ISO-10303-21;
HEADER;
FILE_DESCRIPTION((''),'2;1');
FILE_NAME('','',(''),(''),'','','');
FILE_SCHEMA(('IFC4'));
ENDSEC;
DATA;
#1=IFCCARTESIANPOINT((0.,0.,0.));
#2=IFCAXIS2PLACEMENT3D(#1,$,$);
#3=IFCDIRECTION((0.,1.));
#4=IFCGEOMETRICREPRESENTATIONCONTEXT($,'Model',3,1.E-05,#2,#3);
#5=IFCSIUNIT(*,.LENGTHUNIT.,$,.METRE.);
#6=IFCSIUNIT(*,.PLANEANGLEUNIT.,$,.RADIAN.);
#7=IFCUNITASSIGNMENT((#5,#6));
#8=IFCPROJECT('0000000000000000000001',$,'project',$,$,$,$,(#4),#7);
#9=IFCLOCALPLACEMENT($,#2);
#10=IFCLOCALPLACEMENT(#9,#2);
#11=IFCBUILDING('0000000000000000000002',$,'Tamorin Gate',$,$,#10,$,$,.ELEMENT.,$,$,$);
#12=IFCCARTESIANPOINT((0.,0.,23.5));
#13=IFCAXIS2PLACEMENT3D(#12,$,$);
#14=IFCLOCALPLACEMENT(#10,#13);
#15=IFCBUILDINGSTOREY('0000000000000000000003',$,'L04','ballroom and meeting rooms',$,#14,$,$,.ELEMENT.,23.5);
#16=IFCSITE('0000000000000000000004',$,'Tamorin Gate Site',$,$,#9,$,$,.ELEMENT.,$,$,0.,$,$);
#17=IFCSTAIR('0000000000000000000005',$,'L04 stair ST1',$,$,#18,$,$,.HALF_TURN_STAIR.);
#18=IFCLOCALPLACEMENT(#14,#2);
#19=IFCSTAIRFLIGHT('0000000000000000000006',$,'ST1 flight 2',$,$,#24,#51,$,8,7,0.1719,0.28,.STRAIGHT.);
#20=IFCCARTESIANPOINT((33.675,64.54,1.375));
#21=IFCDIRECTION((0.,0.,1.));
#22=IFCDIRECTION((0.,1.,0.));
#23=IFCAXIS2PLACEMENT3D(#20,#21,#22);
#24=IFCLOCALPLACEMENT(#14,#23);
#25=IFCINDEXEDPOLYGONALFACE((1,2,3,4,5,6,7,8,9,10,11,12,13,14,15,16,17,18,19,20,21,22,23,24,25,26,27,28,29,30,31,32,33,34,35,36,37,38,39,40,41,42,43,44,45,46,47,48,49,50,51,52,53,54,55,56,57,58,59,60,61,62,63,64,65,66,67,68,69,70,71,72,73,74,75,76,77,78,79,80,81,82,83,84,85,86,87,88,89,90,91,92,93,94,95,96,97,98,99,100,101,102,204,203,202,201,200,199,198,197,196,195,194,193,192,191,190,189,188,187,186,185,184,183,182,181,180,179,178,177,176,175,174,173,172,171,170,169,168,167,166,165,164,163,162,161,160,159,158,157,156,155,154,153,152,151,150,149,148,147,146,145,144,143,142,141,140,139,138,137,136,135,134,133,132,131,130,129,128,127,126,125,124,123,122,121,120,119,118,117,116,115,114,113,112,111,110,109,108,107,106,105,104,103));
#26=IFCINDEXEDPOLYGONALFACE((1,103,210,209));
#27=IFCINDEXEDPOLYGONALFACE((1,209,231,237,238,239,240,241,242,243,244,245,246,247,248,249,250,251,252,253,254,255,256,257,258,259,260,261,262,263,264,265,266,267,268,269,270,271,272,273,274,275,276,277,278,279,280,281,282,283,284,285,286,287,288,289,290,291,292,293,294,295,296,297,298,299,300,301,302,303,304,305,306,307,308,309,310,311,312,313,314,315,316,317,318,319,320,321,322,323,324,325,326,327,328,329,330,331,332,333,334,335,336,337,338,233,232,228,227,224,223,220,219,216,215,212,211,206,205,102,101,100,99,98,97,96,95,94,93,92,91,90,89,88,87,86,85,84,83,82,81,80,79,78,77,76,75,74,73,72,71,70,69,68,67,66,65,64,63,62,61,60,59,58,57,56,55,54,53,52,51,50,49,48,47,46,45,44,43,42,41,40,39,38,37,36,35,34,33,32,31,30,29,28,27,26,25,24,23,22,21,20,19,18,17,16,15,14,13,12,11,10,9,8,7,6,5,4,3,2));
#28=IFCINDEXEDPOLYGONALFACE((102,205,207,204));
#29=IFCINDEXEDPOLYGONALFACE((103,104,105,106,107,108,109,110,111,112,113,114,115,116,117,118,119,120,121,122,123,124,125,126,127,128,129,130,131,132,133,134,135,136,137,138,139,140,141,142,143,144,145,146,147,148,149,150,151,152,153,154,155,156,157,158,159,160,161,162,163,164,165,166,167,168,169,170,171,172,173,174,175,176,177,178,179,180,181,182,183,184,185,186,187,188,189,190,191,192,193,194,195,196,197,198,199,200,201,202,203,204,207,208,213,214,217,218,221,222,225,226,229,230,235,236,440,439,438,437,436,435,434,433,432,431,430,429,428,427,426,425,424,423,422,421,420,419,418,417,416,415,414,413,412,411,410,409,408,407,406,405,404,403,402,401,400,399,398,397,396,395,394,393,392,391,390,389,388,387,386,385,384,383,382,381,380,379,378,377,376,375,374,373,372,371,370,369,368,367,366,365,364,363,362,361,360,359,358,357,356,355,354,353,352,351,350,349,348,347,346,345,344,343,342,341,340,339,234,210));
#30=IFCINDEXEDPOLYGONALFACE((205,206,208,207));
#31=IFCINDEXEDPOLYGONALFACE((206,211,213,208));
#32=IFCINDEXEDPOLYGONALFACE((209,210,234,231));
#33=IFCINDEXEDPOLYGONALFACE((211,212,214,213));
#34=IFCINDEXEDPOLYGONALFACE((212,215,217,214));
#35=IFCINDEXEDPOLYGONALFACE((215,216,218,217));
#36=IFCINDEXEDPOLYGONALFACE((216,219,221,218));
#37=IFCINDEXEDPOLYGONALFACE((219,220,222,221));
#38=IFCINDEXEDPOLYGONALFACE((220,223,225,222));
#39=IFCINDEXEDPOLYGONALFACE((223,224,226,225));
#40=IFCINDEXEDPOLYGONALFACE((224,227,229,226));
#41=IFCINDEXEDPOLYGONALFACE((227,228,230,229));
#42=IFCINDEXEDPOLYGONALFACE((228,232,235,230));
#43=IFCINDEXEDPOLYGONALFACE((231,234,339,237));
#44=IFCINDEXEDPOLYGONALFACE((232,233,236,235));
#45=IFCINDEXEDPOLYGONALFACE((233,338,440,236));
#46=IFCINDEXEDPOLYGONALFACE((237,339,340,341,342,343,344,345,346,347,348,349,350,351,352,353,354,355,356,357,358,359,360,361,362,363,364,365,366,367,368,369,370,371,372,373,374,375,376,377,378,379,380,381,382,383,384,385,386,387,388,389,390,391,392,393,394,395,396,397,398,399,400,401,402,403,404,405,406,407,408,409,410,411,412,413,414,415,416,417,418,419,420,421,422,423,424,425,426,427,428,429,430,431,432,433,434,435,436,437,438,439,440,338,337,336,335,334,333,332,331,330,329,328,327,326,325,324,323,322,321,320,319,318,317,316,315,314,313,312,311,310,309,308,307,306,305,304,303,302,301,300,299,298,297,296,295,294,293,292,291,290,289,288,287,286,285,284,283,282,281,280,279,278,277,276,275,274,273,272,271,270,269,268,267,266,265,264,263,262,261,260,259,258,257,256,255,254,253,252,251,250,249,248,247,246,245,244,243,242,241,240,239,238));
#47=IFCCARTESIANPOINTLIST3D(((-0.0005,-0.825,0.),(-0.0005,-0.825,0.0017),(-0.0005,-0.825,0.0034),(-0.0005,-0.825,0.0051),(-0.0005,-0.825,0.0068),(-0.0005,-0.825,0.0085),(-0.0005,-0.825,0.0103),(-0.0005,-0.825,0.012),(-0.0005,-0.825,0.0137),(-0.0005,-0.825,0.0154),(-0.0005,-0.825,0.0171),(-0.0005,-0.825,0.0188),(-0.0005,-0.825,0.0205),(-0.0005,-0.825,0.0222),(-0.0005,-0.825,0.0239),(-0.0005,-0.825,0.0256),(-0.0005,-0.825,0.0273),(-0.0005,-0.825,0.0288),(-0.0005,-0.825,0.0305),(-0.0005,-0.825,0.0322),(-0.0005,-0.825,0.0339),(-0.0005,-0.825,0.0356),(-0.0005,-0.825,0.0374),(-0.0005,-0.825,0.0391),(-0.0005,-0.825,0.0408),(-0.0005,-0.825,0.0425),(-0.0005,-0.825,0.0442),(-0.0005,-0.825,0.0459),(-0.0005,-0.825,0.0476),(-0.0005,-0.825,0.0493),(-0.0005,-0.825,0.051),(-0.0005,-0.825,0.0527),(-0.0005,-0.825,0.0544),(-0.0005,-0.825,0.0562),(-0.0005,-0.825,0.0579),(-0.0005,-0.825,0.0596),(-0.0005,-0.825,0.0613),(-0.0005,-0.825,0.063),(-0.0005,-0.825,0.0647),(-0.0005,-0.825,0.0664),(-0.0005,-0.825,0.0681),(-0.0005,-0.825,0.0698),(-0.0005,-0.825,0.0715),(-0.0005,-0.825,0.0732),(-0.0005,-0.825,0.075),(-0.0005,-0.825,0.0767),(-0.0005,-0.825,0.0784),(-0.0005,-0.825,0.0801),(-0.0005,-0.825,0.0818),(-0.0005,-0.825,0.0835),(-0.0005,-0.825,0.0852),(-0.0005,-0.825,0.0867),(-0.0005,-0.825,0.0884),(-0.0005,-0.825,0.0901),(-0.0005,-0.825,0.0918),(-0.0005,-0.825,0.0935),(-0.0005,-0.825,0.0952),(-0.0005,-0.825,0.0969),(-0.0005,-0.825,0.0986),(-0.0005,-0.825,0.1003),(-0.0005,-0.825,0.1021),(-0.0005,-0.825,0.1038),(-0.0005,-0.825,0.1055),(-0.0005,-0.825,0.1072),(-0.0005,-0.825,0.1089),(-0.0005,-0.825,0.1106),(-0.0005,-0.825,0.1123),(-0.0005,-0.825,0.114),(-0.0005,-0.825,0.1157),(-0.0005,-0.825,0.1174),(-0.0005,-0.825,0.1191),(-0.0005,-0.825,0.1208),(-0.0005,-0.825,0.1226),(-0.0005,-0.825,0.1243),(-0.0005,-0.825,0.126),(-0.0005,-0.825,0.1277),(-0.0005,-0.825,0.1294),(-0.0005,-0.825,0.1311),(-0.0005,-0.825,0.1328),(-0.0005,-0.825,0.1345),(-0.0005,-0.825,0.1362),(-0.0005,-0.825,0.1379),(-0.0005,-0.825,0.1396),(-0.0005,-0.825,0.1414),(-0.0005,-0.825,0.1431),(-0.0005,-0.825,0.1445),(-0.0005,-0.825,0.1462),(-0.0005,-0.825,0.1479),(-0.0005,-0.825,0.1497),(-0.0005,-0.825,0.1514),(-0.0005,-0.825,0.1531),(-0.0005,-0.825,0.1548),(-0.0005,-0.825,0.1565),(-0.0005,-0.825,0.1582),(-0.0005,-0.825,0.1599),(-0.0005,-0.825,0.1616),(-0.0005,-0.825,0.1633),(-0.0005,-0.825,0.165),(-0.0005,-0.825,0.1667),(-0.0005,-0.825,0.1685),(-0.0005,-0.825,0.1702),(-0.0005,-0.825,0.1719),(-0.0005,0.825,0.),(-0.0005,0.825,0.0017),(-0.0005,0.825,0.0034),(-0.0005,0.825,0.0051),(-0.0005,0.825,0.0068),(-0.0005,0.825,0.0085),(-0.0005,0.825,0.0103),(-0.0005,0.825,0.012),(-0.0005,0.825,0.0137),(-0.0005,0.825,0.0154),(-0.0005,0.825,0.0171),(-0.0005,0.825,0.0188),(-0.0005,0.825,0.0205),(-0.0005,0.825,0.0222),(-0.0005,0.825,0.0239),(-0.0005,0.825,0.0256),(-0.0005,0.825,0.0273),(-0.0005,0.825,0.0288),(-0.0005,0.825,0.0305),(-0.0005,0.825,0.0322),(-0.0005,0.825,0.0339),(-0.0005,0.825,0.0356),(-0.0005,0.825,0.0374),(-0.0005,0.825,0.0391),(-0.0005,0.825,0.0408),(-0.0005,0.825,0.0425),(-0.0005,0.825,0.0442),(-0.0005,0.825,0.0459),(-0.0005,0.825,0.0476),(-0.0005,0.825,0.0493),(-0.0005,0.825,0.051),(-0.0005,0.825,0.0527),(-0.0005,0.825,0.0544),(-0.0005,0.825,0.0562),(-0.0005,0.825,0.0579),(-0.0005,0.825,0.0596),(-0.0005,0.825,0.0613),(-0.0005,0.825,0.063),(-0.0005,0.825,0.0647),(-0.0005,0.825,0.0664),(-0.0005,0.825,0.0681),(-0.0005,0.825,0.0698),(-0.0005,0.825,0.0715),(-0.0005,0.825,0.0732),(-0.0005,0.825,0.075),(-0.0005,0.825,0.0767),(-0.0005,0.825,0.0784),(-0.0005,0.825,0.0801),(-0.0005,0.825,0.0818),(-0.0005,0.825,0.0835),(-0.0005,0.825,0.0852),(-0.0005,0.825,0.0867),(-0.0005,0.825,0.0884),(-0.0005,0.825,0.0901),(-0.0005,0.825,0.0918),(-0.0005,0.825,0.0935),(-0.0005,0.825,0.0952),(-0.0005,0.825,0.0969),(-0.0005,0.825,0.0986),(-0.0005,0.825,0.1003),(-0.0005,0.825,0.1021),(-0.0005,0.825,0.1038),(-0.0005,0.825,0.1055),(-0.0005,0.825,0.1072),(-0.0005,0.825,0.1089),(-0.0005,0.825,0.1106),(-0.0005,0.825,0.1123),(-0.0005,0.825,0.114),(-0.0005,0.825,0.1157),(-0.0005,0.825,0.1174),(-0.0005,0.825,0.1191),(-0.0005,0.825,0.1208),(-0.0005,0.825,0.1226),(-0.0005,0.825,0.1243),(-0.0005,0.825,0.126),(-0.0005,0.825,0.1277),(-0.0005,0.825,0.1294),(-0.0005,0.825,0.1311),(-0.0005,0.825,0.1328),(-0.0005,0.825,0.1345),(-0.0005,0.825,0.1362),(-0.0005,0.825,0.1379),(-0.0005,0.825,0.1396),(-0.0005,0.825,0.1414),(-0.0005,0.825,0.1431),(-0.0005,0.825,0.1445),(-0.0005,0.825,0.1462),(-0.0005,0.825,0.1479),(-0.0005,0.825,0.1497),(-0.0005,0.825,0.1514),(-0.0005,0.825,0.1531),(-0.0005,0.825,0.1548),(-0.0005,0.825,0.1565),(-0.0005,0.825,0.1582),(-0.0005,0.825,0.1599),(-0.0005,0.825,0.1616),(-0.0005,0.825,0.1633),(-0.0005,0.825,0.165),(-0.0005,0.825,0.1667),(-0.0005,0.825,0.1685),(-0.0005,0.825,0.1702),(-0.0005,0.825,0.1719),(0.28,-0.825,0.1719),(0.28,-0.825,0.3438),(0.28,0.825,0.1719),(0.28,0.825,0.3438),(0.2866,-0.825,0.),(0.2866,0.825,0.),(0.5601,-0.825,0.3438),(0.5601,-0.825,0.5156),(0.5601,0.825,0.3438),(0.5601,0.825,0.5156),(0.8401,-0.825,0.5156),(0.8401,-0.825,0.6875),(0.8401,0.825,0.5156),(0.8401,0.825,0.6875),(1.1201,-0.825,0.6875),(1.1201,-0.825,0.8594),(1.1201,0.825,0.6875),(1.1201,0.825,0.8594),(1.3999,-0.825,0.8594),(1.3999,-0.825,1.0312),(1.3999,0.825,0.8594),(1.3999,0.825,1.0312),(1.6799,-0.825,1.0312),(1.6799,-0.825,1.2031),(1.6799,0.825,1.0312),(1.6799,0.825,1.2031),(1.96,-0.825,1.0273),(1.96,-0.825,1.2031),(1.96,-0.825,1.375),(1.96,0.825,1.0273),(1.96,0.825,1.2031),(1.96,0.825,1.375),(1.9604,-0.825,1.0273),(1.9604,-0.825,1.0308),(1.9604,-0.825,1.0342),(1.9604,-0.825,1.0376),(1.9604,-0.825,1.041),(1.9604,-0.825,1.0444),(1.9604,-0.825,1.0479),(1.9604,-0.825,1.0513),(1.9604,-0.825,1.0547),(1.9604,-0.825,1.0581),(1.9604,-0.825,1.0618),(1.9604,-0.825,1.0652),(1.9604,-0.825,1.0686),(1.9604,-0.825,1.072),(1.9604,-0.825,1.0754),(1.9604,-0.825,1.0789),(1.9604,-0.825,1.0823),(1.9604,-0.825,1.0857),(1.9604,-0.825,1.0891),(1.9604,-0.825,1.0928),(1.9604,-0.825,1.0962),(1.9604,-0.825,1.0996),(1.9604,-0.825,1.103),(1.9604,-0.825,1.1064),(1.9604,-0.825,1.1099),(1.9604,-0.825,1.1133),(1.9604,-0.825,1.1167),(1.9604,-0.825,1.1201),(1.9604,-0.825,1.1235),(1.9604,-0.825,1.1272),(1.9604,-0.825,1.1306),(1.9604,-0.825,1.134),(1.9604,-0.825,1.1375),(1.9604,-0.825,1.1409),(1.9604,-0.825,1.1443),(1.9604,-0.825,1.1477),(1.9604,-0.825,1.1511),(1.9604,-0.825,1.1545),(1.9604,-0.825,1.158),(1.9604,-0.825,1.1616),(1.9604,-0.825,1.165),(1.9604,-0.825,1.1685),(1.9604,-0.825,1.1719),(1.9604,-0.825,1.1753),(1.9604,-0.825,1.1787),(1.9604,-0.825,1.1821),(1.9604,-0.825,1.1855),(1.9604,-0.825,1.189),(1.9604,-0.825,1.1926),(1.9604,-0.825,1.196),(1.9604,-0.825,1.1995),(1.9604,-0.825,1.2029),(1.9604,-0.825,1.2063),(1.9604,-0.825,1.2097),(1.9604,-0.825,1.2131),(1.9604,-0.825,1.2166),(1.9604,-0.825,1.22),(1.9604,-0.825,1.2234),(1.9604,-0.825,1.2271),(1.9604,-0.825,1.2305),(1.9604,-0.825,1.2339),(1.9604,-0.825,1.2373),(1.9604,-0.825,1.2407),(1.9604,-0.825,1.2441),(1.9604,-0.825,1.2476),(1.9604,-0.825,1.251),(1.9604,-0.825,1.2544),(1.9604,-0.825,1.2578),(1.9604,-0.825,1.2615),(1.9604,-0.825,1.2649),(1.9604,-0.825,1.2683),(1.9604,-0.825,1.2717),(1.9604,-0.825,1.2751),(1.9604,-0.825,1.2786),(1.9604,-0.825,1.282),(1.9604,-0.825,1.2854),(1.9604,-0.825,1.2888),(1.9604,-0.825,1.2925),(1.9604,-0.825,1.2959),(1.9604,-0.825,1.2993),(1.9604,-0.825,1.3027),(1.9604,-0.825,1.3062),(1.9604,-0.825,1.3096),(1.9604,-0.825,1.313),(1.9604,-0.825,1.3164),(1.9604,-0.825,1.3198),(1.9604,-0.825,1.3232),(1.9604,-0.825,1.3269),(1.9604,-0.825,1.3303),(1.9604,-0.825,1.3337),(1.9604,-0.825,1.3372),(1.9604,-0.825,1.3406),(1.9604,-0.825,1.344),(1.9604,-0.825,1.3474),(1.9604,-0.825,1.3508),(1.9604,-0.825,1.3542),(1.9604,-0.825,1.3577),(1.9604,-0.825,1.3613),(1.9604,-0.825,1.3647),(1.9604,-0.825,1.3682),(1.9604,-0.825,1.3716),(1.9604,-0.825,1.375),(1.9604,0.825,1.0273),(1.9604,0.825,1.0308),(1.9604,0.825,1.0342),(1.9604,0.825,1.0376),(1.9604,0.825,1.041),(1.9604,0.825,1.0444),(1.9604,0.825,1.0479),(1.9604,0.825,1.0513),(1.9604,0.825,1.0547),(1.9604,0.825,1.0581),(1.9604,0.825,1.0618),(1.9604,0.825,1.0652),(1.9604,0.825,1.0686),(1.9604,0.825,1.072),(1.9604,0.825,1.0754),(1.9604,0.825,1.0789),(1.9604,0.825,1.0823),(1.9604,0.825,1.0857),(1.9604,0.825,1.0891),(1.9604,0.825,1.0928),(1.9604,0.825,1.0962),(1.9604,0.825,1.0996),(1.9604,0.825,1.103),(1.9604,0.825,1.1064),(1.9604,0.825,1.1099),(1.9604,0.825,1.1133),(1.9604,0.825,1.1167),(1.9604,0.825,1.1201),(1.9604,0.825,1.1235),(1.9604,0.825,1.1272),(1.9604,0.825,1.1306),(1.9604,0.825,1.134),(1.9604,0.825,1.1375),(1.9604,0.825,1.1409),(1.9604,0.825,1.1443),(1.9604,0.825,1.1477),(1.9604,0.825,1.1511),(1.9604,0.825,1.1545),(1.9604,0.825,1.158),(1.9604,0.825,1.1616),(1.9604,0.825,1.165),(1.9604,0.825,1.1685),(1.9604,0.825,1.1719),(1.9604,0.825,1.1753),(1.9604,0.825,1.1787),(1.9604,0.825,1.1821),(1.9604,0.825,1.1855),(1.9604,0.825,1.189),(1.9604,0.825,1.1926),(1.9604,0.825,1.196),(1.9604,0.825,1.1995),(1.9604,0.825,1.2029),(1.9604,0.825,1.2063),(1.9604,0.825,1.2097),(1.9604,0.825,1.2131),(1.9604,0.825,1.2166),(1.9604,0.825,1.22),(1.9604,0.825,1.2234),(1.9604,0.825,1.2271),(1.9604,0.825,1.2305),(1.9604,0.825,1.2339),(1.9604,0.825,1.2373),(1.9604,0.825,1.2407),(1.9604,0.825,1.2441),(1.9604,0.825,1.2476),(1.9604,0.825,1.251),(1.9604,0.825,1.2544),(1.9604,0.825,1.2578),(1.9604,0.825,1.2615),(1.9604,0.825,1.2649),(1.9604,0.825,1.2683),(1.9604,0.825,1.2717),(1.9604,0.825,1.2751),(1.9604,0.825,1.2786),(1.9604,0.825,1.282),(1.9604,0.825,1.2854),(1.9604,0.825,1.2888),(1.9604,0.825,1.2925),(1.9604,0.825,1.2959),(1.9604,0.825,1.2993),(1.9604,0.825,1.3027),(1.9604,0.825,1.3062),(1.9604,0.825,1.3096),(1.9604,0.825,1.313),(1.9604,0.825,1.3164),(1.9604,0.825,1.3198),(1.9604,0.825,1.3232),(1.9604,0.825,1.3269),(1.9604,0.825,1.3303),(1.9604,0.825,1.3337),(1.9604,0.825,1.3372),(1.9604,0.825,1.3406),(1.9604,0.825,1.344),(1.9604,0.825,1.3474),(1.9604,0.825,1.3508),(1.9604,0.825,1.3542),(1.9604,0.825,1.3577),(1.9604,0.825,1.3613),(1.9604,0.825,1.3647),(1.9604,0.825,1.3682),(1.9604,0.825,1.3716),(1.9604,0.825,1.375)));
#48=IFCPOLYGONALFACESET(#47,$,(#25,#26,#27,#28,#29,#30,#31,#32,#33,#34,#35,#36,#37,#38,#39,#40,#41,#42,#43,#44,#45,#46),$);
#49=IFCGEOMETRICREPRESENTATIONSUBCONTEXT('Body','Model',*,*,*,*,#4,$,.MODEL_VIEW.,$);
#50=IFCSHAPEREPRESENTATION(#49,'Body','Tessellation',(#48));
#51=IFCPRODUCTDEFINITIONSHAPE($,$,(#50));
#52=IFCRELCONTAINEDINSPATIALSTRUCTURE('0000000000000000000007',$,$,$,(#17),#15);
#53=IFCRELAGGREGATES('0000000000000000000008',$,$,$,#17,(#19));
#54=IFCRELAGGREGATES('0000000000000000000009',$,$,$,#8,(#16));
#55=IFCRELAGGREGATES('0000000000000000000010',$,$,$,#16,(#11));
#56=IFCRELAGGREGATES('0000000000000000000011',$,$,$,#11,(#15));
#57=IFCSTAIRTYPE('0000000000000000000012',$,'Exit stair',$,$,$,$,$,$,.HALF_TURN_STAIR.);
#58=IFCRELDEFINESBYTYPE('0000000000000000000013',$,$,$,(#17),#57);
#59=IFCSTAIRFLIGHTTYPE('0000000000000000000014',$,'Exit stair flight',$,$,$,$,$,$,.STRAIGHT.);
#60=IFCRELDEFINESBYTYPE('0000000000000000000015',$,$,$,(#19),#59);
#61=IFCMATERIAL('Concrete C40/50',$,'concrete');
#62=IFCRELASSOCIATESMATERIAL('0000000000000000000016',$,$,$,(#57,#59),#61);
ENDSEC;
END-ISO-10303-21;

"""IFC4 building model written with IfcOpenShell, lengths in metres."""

from ifc_helpers import new_model, si_unit, direction, frame, origin, place, context, subcontext, project, spatial, polyline, outline, extrude, material, type_object, element, aggregate, save


model = new_model("IFC4")

# Units and contexts
model_context = context("Model", 3, precision=1e-05, world=origin(), true_north=direction((0.0, 1.0)))
body_context = subcontext(model_context, "Body", "Model", "MODEL_VIEW")
ifc_project = project(units=[si_unit("LENGTHUNIT", "METRE"), si_unit("PLANEANGLEUNIT", "RADIAN")], contexts=[model_context])

# Site, building, storey
site_placement = place(None, origin())
site = spatial("IfcSite", under=ifc_project, at=site_placement, Name="Tamorin Gate Site", CompositionType="ELEMENT", RefElevation=0.0)
building_placement = place(site_placement, origin())
building = spatial("IfcBuilding", under=site, at=building_placement, Name="Tamorin Gate", CompositionType="ELEMENT")
storey_placement = place(building_placement, frame((0.0, 0.0, 23.5)))
storey = spatial("IfcBuildingStorey", under=building, at=storey_placement, Name="L04", Description="ballroom and meeting rooms", CompositionType="ELEMENT", Elevation=23.5)

# Stair, stair flight
ifc_material_1 = material(Name="Concrete C40/50", Category="concrete")
stair_type = type_object("IfcStairType", Name="Exit stair", PredefinedType="HALF_TURN_STAIR", material=ifc_material_1)
stair_placement = place(storey_placement, origin())
stair = element("IfcStair", 1, at=stair_placement, inside=storey, type_object=stair_type, Name="L04 stair ST1", PredefinedType="HALF_TURN_STAIR")
stair_flight_type = type_object("IfcStairFlightType", Name="Exit stair flight", PredefinedType="STRAIGHT", material=ifc_material_1)
stair_flight_1_placement = place(storey_placement, frame((33.675, 64.54, 1.375), z_axis=(0.0, 0.0, 1.0), x_axis=(0.0, 1.0, 0.0)))
stair_flight_1 = element("IfcStairFlight", 2, at=stair_flight_1_placement, type_object=stair_flight_type, Name="ST1 flight 2", NumberOfRisers=8, NumberOfTreads=7, PredefinedType="STRAIGHT", RiserHeight=0.1719, TreadLength=0.28, context=body_context, shape_type="SweptSolid", body=[
    extrude(outline(polyline([(-0.0005, 0.0), (-0.0005, 0.0017), (-0.0005, 0.0034), (-0.0005, 0.0051), (-0.0005, 0.0068), (-0.0005, 0.0085), (-0.0005, 0.0103), (-0.0005, 0.012), (-0.0005, 0.0137), (-0.0005, 0.0154), (-0.0005, 0.0171), (-0.0005, 0.0188), (-0.0005, 0.0205), (-0.0005, 0.0222), (-0.0005, 0.0239), (-0.0005, 0.0256), (-0.0005, 0.0273), (-0.0005, 0.0288), (-0.0005, 0.0305), (-0.0005, 0.0322), (-0.0005, 0.0339), (-0.0005, 0.0356), (-0.0005, 0.0374), (-0.0005, 0.0391), (-0.0005, 0.0408), (-0.0005, 0.0425), (-0.0005, 0.0442), (-0.0005, 0.0459), (-0.0005, 0.0476), (-0.0005, 0.0493), (-0.0005, 0.051), (-0.0005, 0.0527), (-0.0005, 0.0544), (-0.0005, 0.0562), (-0.0005, 0.0579), (-0.0005, 0.0596), (-0.0005, 0.0613), (-0.0005, 0.063), (-0.0005, 0.0647), (-0.0005, 0.0664), (-0.0005, 0.0681), (-0.0005, 0.0698), (-0.0005, 0.0715), (-0.0005, 0.0732), (-0.0005, 0.075), (-0.0005, 0.0767), (-0.0005, 0.0784), (-0.0005, 0.0801), (-0.0005, 0.0818), (-0.0005, 0.0835), (-0.0005, 0.0852), (-0.0005, 0.0867), (-0.0005, 0.0884), (-0.0005, 0.0901), (-0.0005, 0.0918), (-0.0005, 0.0935), (-0.0005, 0.0952), (-0.0005, 0.0969), (-0.0005, 0.0986), (-0.0005, 0.1003), (-0.0005, 0.1021), (-0.0005, 0.1038), (-0.0005, 0.1055), (-0.0005, 0.1072), (-0.0005, 0.1089), (-0.0005, 0.1106), (-0.0005, 0.1123), (-0.0005, 0.114), (-0.0005, 0.1157), (-0.0005, 0.1174), (-0.0005, 0.1191), (-0.0005, 0.1208), (-0.0005, 0.1226), (-0.0005, 0.1243), (-0.0005, 0.126), (-0.0005, 0.1277), (-0.0005, 0.1294), (-0.0005, 0.1311), (-0.0005, 0.1328), (-0.0005, 0.1345), (-0.0005, 0.1362), (-0.0005, 0.1379), (-0.0005, 0.1396), (-0.0005, 0.1414), (-0.0005, 0.1431), (-0.0005, 0.1445), (-0.0005, 0.1462), (-0.0005, 0.1479), (-0.0005, 0.1497), (-0.0005, 0.1514), (-0.0005, 0.1531), (-0.0005, 0.1548), (-0.0005, 0.1565), (-0.0005, 0.1582), (-0.0005, 0.1599), (-0.0005, 0.1616), (-0.0005, 0.1633), (-0.0005, 0.165), (-0.0005, 0.1667), (-0.0005, 0.1685), (-0.0005, 0.1702), (-0.0005, 0.1719), (0.28, 0.1719), (0.28, 0.3438), (0.5601, 0.3438), (0.5601, 0.5156), (0.8401, 0.5156), (0.8401, 0.6875), (1.1201, 0.6875), (1.1201, 0.8594), (1.3999, 0.8594), (1.3999, 1.0312), (1.6799, 1.0312), (1.6799, 1.2031), (1.96, 1.2031), (1.96, 1.375), (1.9604, 1.375), (1.9604, 1.3716), (1.9604, 1.3682), (1.9604, 1.3647), (1.9604, 1.3613), (1.9604, 1.3577), (1.9604, 1.3542), (1.9604, 1.3508), (1.9604, 1.3474), (1.9604, 1.344), (1.9604, 1.3406), (1.9604, 1.3372), (1.9604, 1.3337), (1.9604, 1.3303), (1.9604, 1.3269), (1.9604, 1.3232), (1.9604, 1.3198), (1.9604, 1.3164), (1.9604, 1.313), (1.9604, 1.3096), (1.9604, 1.3062), (1.9604, 1.3027), (1.9604, 1.2993), (1.9604, 1.2959), (1.9604, 1.2925), (1.9604, 1.2888), (1.9604, 1.2854), (1.9604, 1.282), (1.9604, 1.2786), (1.9604, 1.2751), (1.9604, 1.2717), (1.9604, 1.2683), (1.9604, 1.2649), (1.9604, 1.2615), (1.9604, 1.2578), (1.9604, 1.2544), (1.9604, 1.251), (1.9604, 1.2476), (1.9604, 1.2441), (1.9604, 1.2407), (1.9604, 1.2373), (1.9604, 1.2339), (1.9604, 1.2305), (1.9604, 1.2271), (1.9604, 1.2234), (1.9604, 1.22), (1.9604, 1.2166), (1.9604, 1.2131), (1.9604, 1.2097), (1.9604, 1.2063), (1.9604, 1.2029), (1.9604, 1.1995), (1.9604, 1.196), (1.9604, 1.1926), (1.9604, 1.189), (1.9604, 1.1855), (1.9604, 1.1821), (1.9604, 1.1787), (1.9604, 1.1753), (1.9604, 1.1719), (1.9604, 1.1685), (1.9604, 1.165), (1.9604, 1.1616), (1.9604, 1.158), (1.9604, 1.1545), (1.9604, 1.1511), (1.9604, 1.1477), (1.9604, 1.1443), (1.9604, 1.1409), (1.9604, 1.1375), (1.9604, 1.134), (1.9604, 1.1306), (1.9604, 1.1272), (1.9604, 1.1235), (1.9604, 1.1201), (1.9604, 1.1167), (1.9604, 1.1133), (1.9604, 1.1099), (1.9604, 1.1064), (1.9604, 1.103), (1.9604, 1.0996), (1.9604, 1.0962), (1.9604, 1.0928), (1.9604, 1.0891), (1.9604, 1.0857), (1.9604, 1.0823), (1.9604, 1.0789), (1.9604, 1.0754), (1.9604, 1.072), (1.9604, 1.0686), (1.9604, 1.0652), (1.9604, 1.0618), (1.9604, 1.0581), (1.9604, 1.0547), (1.9604, 1.0513), (1.9604, 1.0479), (1.9604, 1.0444), (1.9604, 1.041), (1.9604, 1.0376), (1.9604, 1.0342), (1.9604, 1.0308), (1.9604, 1.0273), (1.96, 1.0273), (0.2866, 0.0), (-0.0005, 0.0)])), frame((0.0, 0.825, 0.0), z_axis=(0.0, -1.0, 0.0), x_axis=(1.0, 0.0, 0.0)), (0.0, 0.0, 1.0), 1.6499),
])
aggregate(stair, [stair_flight_1])

save(model, "model.ifc")
